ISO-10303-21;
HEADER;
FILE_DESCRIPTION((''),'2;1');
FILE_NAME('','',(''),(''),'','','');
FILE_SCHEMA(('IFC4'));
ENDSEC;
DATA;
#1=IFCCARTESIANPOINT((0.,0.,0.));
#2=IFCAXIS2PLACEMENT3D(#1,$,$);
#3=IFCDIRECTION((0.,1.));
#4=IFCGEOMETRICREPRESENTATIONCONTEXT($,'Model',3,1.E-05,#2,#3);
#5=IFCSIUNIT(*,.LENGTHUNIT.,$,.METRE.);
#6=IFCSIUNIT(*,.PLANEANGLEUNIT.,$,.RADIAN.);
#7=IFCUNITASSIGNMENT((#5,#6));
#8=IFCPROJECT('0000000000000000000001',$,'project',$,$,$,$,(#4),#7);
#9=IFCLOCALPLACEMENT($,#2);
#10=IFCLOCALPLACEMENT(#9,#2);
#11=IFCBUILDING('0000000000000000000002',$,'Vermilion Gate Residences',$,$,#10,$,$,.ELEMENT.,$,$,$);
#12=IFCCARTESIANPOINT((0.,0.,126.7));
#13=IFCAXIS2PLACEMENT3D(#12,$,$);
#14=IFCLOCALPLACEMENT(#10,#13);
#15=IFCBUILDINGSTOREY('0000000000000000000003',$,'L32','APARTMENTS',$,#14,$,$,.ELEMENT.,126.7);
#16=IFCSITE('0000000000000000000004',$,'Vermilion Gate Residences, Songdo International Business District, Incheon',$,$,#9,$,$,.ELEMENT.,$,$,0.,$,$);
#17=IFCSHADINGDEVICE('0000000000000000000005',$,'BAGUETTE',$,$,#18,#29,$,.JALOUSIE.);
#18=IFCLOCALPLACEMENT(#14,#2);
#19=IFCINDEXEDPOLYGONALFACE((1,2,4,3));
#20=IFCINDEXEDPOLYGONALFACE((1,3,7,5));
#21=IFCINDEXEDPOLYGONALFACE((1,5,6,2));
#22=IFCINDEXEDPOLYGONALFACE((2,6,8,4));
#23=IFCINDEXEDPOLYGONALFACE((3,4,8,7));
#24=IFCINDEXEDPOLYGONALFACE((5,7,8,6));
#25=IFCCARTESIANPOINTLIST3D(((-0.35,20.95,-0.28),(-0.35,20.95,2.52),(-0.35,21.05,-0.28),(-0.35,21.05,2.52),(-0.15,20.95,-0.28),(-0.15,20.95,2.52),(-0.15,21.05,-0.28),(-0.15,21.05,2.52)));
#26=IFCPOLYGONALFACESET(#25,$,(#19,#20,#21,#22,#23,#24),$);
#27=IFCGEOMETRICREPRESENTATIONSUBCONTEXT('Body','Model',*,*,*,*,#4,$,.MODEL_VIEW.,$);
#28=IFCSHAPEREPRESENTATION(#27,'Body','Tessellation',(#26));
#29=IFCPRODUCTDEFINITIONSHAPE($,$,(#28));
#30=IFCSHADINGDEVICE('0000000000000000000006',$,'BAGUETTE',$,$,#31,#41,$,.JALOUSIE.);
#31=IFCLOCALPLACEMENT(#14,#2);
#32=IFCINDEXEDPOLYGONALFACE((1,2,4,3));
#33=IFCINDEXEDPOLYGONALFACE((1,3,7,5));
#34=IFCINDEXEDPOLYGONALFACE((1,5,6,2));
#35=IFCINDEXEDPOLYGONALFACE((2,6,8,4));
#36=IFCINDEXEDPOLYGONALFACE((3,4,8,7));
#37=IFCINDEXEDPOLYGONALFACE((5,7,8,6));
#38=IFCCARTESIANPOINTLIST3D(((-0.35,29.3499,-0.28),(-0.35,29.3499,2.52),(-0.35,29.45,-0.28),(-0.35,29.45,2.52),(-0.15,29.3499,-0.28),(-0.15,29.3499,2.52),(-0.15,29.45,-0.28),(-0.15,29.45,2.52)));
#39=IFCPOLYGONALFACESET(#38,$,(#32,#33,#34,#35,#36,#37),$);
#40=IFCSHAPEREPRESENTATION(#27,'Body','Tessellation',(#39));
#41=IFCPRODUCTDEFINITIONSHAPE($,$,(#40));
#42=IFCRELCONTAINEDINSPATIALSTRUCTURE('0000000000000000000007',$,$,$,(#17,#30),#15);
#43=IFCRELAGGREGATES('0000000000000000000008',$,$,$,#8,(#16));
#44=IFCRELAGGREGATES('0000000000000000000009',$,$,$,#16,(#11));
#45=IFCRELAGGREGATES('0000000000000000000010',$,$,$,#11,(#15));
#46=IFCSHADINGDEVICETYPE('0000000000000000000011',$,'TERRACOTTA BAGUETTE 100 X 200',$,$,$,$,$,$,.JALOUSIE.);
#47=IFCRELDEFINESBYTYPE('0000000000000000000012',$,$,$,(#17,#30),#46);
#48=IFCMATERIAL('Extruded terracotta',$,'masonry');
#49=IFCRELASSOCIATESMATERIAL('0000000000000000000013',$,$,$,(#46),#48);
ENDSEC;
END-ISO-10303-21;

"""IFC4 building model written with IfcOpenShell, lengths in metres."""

from ifc_helpers import new_model, si_unit, direction, frame, origin, origin_2d, place, context, subcontext, project, spatial, rectangle, extrude, material, material_profile, profile_set, type_object, element, save


model = new_model("IFC4")

# Units and contexts
model_context = context("Model", 3, precision=1e-05, world=origin(), true_north=direction((0.0, 1.0)))
body_context = subcontext(model_context, "Body", "Model", "MODEL_VIEW")
ifc_project = project(units=[si_unit("LENGTHUNIT", "METRE"), si_unit("PLANEANGLEUNIT", "RADIAN")], contexts=[model_context])

# Site, building, storey
site_placement = place(None, origin())
site = spatial("IfcSite", under=ifc_project, at=site_placement, Name="Vermilion Gate Residences, Songdo International Business District, Incheon", CompositionType="ELEMENT", RefElevation=0.0)
building_placement = place(site_placement, origin())
building = spatial("IfcBuilding", under=site, at=building_placement, Name="Vermilion Gate Residences", CompositionType="ELEMENT")
storey_placement = place(building_placement, frame((0.0, 0.0, 126.7)))
storey = spatial("IfcBuildingStorey", under=building, at=storey_placement, Name="L32", Description="APARTMENTS", CompositionType="ELEMENT", Elevation=126.7)

# Shading devices
ifc_material_1 = material(Name="Extruded terracotta", Category="masonry")
ifc_material_profile_1 = material_profile(ifc_material_1, rectangle(XDim=0.2, YDim=0.1001, at=origin_2d()), Name="BAGUETTE 100 X 200")
ifc_profile_set_1 = profile_set([ifc_material_profile_1], Name="Extruded terracotta")
shading_device_type = type_object("IfcShadingDeviceType", Name="TERRACOTTA BAGUETTE 100 X 200", PredefinedType="JALOUSIE", material=ifc_profile_set_1)
for number, where, z_axis, x_axis, name in (
    (1, (-0.25, 21.0, -0.28), (0.0, 0.0, 1.0), (1.0, 0.0, 0.0), "BAGUETTE"),
    (2, (-0.25, 29.3999, -0.28), (0.0, 0.0, 1.0), (1.0, 0.0, 0.0), "BAGUETTE"),
):
    element("IfcShadingDevice", number, at=place(storey_placement, frame(where, z_axis=z_axis, x_axis=x_axis)), inside=storey, type_object=shading_device_type, Name=name, PredefinedType="JALOUSIE", context=body_context, shape_type="SweptSolid", body=[
        extrude(rectangle(XDim=0.2, YDim=0.1001, at=origin_2d()), origin(), (0.0, 0.0, 1.0), 2.8),
    ])

save(model, "model.ifc")
